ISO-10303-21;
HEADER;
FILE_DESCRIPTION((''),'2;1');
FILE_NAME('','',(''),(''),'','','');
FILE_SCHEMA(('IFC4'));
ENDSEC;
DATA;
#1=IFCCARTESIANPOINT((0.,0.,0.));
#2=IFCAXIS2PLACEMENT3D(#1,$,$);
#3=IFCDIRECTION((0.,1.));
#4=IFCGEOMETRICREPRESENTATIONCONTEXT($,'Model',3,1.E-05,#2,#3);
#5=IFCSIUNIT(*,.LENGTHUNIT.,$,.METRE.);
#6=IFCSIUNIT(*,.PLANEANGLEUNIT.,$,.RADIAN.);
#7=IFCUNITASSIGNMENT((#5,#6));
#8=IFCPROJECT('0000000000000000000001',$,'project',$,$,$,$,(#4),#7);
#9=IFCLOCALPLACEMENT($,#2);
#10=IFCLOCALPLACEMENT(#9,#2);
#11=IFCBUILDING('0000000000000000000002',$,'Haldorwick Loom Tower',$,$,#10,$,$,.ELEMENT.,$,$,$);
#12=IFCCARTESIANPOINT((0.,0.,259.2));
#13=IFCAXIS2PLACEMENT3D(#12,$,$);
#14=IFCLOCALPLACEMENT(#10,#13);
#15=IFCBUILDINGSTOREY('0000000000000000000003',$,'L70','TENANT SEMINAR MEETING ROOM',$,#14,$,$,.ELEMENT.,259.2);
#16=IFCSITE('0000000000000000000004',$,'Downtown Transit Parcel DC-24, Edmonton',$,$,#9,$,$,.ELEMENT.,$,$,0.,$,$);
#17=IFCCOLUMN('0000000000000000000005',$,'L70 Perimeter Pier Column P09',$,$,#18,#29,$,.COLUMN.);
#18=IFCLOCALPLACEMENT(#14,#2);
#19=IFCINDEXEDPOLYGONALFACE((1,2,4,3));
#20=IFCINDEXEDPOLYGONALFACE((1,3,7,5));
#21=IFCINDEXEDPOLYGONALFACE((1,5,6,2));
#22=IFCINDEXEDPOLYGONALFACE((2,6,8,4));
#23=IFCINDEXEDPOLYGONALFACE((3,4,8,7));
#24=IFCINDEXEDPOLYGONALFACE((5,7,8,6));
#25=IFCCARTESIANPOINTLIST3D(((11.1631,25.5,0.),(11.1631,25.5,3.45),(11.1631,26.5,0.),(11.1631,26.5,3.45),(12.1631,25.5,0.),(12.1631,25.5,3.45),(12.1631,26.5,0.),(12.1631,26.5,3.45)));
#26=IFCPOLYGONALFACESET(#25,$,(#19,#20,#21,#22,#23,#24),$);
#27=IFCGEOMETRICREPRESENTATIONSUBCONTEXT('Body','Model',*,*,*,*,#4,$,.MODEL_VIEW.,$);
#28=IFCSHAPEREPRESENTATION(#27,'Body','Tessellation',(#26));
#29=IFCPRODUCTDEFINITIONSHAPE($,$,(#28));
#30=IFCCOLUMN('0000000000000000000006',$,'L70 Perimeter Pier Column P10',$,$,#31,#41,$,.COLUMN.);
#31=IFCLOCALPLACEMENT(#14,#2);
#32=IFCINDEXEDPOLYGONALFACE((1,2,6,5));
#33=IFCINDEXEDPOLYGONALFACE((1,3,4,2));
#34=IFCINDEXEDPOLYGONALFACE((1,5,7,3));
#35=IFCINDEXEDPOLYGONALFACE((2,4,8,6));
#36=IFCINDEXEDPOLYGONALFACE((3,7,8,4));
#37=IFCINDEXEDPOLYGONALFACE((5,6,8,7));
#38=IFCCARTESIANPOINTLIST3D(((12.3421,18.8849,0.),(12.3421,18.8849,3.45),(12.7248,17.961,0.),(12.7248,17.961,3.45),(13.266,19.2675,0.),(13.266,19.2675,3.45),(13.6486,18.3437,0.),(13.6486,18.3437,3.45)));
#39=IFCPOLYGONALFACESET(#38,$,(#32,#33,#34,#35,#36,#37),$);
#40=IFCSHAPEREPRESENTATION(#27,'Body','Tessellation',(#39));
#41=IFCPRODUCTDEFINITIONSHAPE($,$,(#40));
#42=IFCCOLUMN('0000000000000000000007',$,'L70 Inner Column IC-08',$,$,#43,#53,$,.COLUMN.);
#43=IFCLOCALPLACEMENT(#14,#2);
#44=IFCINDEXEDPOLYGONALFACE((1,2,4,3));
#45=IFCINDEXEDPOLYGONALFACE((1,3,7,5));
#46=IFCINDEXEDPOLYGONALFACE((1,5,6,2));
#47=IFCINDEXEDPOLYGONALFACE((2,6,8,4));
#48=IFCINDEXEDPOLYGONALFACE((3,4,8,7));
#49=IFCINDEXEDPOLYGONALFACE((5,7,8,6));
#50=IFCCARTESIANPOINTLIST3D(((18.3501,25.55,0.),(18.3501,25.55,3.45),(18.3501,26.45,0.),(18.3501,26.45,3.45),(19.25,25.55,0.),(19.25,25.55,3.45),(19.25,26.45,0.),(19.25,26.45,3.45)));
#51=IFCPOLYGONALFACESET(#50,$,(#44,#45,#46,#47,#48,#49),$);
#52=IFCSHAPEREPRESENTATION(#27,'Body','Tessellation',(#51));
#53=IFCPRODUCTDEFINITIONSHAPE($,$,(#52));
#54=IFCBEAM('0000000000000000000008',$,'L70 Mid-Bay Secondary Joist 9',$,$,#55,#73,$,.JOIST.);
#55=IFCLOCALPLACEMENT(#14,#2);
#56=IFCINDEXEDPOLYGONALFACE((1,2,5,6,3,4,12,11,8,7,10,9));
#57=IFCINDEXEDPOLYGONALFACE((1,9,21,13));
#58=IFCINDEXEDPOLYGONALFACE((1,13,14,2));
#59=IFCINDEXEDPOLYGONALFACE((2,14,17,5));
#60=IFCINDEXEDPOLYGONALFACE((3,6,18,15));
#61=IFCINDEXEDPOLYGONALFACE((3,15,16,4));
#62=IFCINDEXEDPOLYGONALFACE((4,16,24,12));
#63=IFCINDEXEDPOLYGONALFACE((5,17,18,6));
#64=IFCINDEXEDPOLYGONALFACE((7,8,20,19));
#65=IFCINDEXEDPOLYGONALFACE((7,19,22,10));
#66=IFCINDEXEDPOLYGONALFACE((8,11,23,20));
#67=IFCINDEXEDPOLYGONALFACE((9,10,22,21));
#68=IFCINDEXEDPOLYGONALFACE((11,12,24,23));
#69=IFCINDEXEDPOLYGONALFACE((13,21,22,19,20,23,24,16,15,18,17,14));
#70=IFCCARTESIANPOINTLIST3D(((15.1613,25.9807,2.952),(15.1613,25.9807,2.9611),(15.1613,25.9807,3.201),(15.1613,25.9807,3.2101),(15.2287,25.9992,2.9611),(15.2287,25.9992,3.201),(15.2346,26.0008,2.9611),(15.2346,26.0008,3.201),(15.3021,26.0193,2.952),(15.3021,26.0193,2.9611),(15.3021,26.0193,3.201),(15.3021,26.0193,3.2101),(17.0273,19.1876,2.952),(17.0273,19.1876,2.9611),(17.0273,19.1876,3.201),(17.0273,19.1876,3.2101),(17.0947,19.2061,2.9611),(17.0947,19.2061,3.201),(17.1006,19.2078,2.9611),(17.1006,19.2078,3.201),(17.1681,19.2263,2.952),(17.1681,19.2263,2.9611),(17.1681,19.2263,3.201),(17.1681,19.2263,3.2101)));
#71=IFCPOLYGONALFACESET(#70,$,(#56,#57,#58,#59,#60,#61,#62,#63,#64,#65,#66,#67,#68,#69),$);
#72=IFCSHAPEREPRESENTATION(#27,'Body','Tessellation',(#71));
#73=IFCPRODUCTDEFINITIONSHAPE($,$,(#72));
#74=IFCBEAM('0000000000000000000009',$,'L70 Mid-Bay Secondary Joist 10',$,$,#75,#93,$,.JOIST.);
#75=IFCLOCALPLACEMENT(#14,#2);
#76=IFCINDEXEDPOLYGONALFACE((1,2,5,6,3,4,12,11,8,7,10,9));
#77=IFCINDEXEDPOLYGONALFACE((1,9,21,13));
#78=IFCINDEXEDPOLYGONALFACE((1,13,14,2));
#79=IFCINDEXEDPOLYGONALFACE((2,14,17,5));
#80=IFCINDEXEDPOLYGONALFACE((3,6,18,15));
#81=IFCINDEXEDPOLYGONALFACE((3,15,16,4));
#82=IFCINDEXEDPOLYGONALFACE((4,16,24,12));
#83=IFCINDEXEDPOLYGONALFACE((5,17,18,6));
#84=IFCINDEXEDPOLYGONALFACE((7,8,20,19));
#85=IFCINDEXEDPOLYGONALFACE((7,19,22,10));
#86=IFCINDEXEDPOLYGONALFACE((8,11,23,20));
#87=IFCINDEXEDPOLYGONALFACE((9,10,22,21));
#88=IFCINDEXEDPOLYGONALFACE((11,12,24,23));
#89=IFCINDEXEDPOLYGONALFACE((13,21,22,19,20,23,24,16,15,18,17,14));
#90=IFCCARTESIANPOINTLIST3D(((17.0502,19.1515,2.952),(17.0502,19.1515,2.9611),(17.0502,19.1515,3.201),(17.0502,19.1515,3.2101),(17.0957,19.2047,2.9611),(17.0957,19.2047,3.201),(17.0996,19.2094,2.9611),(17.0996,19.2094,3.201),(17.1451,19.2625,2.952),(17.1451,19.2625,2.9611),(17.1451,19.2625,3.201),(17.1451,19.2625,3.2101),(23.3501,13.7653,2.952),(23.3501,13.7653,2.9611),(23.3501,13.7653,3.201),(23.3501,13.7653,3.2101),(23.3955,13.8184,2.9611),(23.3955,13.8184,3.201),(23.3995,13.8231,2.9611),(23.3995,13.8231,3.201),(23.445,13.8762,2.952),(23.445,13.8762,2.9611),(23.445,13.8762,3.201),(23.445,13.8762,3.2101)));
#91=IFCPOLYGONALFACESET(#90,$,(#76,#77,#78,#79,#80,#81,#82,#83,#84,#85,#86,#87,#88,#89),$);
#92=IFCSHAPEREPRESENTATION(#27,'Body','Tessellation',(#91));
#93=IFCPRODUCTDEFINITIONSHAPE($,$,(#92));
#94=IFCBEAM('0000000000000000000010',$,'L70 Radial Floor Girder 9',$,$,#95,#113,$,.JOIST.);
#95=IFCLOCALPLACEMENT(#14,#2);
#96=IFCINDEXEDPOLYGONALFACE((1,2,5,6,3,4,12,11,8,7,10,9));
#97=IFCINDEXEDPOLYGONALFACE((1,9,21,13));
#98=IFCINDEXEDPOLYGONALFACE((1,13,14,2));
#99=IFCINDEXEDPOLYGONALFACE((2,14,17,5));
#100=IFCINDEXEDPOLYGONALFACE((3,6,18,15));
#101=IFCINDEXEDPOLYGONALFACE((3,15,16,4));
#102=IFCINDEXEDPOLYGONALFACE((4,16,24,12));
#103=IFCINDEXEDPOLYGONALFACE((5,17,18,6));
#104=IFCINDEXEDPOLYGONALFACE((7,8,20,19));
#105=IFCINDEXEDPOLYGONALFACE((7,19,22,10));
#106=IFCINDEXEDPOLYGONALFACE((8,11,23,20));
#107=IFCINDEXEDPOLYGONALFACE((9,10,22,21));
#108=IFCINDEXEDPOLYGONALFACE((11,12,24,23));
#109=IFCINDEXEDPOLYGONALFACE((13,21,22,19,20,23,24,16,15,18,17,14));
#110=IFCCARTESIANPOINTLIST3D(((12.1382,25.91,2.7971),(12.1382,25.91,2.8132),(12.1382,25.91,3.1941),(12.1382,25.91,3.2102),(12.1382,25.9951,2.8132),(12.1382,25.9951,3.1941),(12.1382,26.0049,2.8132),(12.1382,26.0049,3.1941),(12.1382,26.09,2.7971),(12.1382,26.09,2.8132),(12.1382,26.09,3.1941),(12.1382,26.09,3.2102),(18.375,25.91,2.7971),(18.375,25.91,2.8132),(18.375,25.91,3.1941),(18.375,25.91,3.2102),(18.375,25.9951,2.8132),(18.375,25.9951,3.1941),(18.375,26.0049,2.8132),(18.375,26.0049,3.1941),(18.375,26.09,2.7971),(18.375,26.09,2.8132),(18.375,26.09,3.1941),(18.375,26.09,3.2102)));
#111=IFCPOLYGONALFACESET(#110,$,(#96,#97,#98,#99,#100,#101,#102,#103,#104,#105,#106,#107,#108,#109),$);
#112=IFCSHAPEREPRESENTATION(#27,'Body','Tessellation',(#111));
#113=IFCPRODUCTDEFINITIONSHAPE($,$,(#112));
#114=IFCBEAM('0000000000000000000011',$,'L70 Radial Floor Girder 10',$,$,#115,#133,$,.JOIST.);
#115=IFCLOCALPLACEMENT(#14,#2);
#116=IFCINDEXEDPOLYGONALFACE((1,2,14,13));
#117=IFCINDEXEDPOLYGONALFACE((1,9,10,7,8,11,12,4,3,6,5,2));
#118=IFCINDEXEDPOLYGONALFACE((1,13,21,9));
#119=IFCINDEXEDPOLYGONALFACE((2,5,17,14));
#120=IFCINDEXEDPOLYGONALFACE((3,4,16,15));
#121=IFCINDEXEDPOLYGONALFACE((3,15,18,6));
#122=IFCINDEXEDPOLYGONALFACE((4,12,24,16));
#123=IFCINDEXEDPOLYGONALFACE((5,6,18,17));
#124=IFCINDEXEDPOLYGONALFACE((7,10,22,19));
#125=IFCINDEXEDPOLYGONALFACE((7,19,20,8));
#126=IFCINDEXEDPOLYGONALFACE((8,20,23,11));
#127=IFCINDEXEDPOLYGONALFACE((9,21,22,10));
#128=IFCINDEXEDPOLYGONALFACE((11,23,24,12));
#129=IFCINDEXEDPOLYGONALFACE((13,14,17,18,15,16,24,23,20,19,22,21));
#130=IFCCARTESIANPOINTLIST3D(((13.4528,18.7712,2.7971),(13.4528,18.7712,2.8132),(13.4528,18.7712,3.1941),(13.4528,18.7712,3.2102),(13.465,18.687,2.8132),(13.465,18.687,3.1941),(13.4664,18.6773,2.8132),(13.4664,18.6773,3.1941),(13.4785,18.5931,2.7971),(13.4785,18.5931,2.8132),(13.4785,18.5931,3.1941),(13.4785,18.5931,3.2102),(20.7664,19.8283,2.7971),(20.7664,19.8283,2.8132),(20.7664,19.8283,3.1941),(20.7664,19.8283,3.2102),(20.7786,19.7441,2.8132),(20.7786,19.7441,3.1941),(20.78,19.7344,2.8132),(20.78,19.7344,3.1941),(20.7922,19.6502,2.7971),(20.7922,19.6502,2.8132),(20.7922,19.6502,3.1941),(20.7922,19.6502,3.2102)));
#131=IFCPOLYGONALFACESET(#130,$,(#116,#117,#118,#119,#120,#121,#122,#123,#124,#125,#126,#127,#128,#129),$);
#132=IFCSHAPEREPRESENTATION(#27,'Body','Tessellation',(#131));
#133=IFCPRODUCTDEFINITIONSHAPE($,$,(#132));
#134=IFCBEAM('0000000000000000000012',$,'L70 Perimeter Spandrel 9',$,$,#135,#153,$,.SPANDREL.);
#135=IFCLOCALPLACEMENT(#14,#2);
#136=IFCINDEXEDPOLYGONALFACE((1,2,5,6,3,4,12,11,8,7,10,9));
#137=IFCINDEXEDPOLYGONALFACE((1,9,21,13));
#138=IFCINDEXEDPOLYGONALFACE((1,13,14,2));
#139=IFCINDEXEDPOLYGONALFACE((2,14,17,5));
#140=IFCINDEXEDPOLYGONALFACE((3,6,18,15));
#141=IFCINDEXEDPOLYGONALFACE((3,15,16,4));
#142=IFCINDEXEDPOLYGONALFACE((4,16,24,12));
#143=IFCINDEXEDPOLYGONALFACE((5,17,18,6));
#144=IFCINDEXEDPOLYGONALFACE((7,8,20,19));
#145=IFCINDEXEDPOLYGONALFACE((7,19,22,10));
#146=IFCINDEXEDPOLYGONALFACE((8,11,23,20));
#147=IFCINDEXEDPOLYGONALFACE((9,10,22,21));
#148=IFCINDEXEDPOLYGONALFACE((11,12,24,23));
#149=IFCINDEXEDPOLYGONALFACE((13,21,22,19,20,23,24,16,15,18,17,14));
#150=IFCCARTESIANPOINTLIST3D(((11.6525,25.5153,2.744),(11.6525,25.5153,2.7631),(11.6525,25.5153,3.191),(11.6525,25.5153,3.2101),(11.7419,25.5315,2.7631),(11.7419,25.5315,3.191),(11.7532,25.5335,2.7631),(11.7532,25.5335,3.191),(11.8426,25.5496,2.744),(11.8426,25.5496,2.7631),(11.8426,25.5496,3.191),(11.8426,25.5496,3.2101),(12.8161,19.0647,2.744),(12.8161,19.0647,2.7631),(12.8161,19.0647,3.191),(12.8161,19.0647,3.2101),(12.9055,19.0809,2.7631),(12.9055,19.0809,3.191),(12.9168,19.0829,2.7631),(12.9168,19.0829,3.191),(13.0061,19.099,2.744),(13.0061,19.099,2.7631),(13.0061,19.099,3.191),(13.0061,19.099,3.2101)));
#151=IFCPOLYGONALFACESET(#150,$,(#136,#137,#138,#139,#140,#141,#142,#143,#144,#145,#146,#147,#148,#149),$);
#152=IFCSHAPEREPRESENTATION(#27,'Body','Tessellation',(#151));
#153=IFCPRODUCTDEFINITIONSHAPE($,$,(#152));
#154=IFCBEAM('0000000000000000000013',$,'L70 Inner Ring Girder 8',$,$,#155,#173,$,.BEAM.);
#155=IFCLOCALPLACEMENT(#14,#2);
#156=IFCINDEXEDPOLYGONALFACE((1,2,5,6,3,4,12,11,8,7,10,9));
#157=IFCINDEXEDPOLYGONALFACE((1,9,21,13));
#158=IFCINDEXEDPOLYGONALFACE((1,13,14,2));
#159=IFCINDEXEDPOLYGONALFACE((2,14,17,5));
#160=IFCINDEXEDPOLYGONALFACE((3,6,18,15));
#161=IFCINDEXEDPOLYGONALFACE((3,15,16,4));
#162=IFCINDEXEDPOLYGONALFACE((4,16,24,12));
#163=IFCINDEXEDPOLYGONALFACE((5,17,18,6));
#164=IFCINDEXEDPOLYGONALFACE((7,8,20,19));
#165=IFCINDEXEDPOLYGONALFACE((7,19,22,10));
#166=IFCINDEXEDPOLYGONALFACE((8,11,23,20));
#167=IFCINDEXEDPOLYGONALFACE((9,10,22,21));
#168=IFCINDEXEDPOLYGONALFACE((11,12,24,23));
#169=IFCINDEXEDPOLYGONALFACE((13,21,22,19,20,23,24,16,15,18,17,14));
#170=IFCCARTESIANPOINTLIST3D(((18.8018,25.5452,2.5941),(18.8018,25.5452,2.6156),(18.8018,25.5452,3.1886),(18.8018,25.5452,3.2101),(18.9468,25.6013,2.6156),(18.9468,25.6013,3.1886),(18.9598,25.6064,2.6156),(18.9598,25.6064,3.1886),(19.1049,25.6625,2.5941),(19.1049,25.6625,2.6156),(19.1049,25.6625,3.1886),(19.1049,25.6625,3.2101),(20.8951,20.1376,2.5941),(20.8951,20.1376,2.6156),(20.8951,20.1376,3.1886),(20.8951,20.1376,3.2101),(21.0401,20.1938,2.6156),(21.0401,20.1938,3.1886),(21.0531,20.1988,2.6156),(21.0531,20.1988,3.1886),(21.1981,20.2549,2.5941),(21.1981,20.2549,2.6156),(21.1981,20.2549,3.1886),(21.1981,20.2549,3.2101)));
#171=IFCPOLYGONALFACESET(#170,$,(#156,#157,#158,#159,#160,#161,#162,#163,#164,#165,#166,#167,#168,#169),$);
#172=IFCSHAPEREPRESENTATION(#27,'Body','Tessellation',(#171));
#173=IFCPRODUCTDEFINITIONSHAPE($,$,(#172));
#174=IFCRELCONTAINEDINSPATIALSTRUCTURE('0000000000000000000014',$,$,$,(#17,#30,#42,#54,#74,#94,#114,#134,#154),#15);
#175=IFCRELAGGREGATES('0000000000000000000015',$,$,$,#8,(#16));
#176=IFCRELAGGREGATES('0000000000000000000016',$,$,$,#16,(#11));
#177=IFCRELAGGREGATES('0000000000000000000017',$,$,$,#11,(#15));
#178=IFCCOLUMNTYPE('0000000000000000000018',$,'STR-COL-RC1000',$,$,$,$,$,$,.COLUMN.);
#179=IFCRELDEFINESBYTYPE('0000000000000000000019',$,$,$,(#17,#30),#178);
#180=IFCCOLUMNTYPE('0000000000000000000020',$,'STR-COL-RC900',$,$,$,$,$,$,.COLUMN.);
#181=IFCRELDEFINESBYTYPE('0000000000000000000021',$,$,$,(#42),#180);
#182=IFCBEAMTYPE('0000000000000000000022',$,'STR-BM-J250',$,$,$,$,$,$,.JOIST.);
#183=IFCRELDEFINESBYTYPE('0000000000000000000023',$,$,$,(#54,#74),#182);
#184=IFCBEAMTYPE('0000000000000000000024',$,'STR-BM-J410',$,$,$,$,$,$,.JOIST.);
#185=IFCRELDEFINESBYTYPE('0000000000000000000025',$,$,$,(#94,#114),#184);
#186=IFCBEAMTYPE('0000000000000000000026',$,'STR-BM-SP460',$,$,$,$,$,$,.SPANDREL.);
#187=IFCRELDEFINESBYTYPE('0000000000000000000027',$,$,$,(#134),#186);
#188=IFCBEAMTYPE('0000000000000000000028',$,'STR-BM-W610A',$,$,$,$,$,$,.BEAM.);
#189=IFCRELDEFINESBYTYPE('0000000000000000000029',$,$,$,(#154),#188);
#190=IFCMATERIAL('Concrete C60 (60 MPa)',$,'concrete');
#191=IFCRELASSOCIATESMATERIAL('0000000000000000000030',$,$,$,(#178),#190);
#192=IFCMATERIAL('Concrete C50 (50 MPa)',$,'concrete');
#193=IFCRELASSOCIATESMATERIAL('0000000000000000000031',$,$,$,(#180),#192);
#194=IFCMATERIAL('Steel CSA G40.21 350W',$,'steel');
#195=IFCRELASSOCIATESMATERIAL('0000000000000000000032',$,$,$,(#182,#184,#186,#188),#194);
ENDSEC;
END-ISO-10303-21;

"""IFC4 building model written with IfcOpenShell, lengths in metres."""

from ifc_helpers import new_model, si_unit, direction, frame, origin, origin_2d, place, context, subcontext, project, spatial, rectangle, i_section, extrude, material, material_profile, profile_set, type_object, element, save


model = new_model("IFC4")

# Units and contexts
model_context = context("Model", 3, precision=1e-05, world=origin(), true_north=direction((0.0, 1.0)))
body_context = subcontext(model_context, "Body", "Model", "MODEL_VIEW")
ifc_project = project(units=[si_unit("LENGTHUNIT", "METRE"), si_unit("PLANEANGLEUNIT", "RADIAN")], contexts=[model_context])

# Site, building, storey
site_placement = place(None, origin())
site = spatial("IfcSite", under=ifc_project, at=site_placement, Name="Downtown Transit Parcel DC-24, Edmonton", CompositionType="ELEMENT", RefElevation=0.0)
building_placement = place(site_placement, origin())
building = spatial("IfcBuilding", under=site, at=building_placement, Name="Haldorwick Loom Tower", CompositionType="ELEMENT")
storey_placement = place(building_placement, frame((0.0, 0.0, 259.2)))
storey = spatial("IfcBuildingStorey", under=building, at=storey_placement, Name="L70", Description="TENANT SEMINAR MEETING ROOM", CompositionType="ELEMENT", Elevation=259.2)

# Columns
ifc_material_1 = material(Name="Concrete C60 (60 MPa)", Category="concrete")
ifc_material_profile_1 = material_profile(ifc_material_1, rectangle(XDim=1.0, YDim=1.0, at=origin_2d()), Name="RC1000X1000", Category="concrete")
ifc_profile_set_1 = profile_set([ifc_material_profile_1], Name="Concrete C60 (60 MPa)")
column_type_1 = type_object("IfcColumnType", Name="STR-COL-RC1000", PredefinedType="COLUMN", material=ifc_profile_set_1)
for number, where, z_axis, x_axis, name in (
    (1, (11.6631, 26.0, 0.0), (0.0, 0.0, 1.0), (-1.0, 0.0, 0.0), "L70 Perimeter Pier Column P09"),
    (2, (12.9954, 18.6143, 0.0), (0.0, 0.0, 1.0), (-0.92388, -0.382683, 0.0), "L70 Perimeter Pier Column P10"),
):
    element("IfcColumn", number, at=place(storey_placement, frame(where, z_axis=z_axis, x_axis=x_axis)), inside=storey, type_object=column_type_1, Name=name, PredefinedType="COLUMN", context=body_context, shape_type="SweptSolid", body=[
        extrude(rectangle(XDim=1.0, YDim=1.0, at=origin_2d()), origin(), (0.0, 0.0, 1.0), 3.45),
    ])
ifc_material_2 = material(Name="Concrete C50 (50 MPa)", Category="concrete")
ifc_material_profile_2 = material_profile(ifc_material_2, rectangle(XDim=0.8999, YDim=0.8999, at=origin_2d()), Name="RC900X900", Category="concrete")
ifc_profile_set_2 = profile_set([ifc_material_profile_2], Name="Concrete C50 (50 MPa)")
column_type_2 = type_object("IfcColumnType", Name="STR-COL-RC900", PredefinedType="COLUMN", material=ifc_profile_set_2)
column_placement = place(storey_placement, frame((18.8, 26.0, 0.0), z_axis=(0.0, 0.0, 1.0), x_axis=(1.0, 0.0, 0.0)))
element("IfcColumn", 3, at=column_placement, inside=storey, type_object=column_type_2, Name="L70 Inner Column IC-08", PredefinedType="COLUMN", context=body_context, shape_type="SweptSolid", body=[
    extrude(rectangle(XDim=0.8999, YDim=0.8999, at=origin_2d()), origin(), (0.0, 0.0, 1.0), 3.45),
])

# Beams
ifc_material_3 = material(Name="Steel CSA G40.21 350W", Category="steel")
ifc_material_profile_3 = material_profile(ifc_material_3, i_section(OverallWidth=0.146, OverallDepth=0.2581, WebThickness=0.0061, FlangeThickness=0.009, at=origin_2d()), Name="W250X33", Category="steel")
ifc_profile_set_3 = profile_set([ifc_material_profile_3], Name="Steel CSA G40.21 350W")
beam_type_1 = type_object("IfcBeamType", Name="STR-BM-J250", PredefinedType="JOIST", material=ifc_profile_set_3)
beam_1_placement = place(storey_placement, frame((15.2317, 26.0, 3.0811), z_axis=(0.264879, -0.964282, 0.0), x_axis=(0.964282, 0.264879, 0.0)))
element("IfcBeam", 4, at=beam_1_placement, inside=storey, type_object=beam_type_1, Name="L70 Mid-Bay Secondary Joist 9", PredefinedType="JOIST", context=body_context, shape_type="SweptSolid", body=[
    extrude(i_section(OverallWidth=0.146, OverallDepth=0.2581, WebThickness=0.0061, FlangeThickness=0.009, at=origin_2d()), origin(), (0.0, 0.0, 1.0), 7.0447),
])
beam_2_placement = place(storey_placement, frame((17.0977, 19.207, 3.0811), z_axis=(0.760067, -0.649845, 0.0), x_axis=(0.649845, 0.760067, 0.0)))
element("IfcBeam", 5, at=beam_2_placement, inside=storey, type_object=beam_type_1, Name="L70 Mid-Bay Secondary Joist 10", PredefinedType="JOIST", context=body_context, shape_type="SweptSolid", body=[
    extrude(i_section(OverallWidth=0.146, OverallDepth=0.2581, WebThickness=0.0061, FlangeThickness=0.009, at=origin_2d()), origin(), (0.0, 0.0, 1.0), 8.2886),
])
ifc_material_profile_4 = material_profile(ifc_material_3, i_section(OverallWidth=0.1799, OverallDepth=0.4131, WebThickness=0.0098, FlangeThickness=0.0161, at=origin_2d()), Name="W410X74", Category="steel")
ifc_profile_set_4 = profile_set([ifc_material_profile_4], Name="Steel CSA G40.21 350W")
beam_type_2 = type_object("IfcBeamType", Name="STR-BM-J410", PredefinedType="JOIST", material=ifc_profile_set_4)
beam_3_placement = place(storey_placement, frame((18.375, 26.0, 3.0037), z_axis=(-1.0, 0.0, 0.0), x_axis=(0.0, -1.0, 0.0)))
element("IfcBeam", 6, at=beam_3_placement, inside=storey, type_object=beam_type_2, Name="L70 Radial Floor Girder 9", PredefinedType="JOIST", context=body_context, shape_type="SweptSolid", body=[
    extrude(i_section(OverallWidth=0.1799, OverallDepth=0.4131, WebThickness=0.0098, FlangeThickness=0.0161, at=origin_2d()), origin(), (0.0, 0.0, 1.0), 6.2368),
])
beam_4_placement = place(storey_placement, frame((20.7793, 19.7393, 3.0037), z_axis=(-0.989715, -0.143054, 0.0), x_axis=(0.143054, -0.989715, 0.0)))
element("IfcBeam", 7, at=beam_4_placement, inside=storey, type_object=beam_type_2, Name="L70 Radial Floor Girder 10", PredefinedType="JOIST", context=body_context, shape_type="SweptSolid", body=[
    extrude(i_section(OverallWidth=0.1799, OverallDepth=0.4131, WebThickness=0.0098, FlangeThickness=0.0161, at=origin_2d()), origin(), (0.0, 0.0, 1.0), 7.3896),
])
ifc_material_profile_5 = material_profile(ifc_material_3, i_section(OverallWidth=0.1931, OverallDepth=0.4661, WebThickness=0.0115, FlangeThickness=0.019, at=origin_2d()), Name="W460X97", Category="steel")
ifc_profile_set_5 = profile_set([ifc_material_profile_5], Name="Steel CSA G40.21 350W")
beam_type_3 = type_object("IfcBeamType", Name="STR-BM-SP460", PredefinedType="SPANDREL", material=ifc_profile_set_5)
beam_5_placement = place(storey_placement, frame((11.7476, 25.5325, 2.9771), z_axis=(0.177515, -0.984118, 0.0), x_axis=(0.984118, 0.177515, 0.0)))
element("IfcBeam", 8, at=beam_5_placement, inside=storey, type_object=beam_type_3, Name="L70 Perimeter Spandrel 9", PredefinedType="SPANDREL", context=body_context, shape_type="SweptSolid", body=[
    extrude(i_section(OverallWidth=0.1931, OverallDepth=0.4661, WebThickness=0.0115, FlangeThickness=0.019, at=origin_2d()), origin(), (0.0, 0.0, 1.0), 6.5547),
])
ifc_material_profile_6 = material_profile(ifc_material_3, i_section(OverallWidth=0.325, OverallDepth=0.616, WebThickness=0.0139, FlangeThickness=0.0215, at=origin_2d()), Name="W610X174", Category="steel")
ifc_profile_set_6 = profile_set([ifc_material_profile_6], Name="Steel CSA G40.21 350W")
beam_type_4 = type_object("IfcBeamType", Name="STR-BM-W610A", PredefinedType="BEAM", material=ifc_profile_set_6)
beam_6_placement = place(storey_placement, frame((21.0466, 20.1963, 2.9021), z_axis=(-0.361001, 0.932565, 0.0), x_axis=(-0.932565, -0.361001, 0.0)))
element("IfcBeam", 9, at=beam_6_placement, inside=storey, type_object=beam_type_4, Name="L70 Inner Ring Girder 8", PredefinedType="BEAM", context=body_context, shape_type="SweptSolid", body=[
    extrude(i_section(OverallWidth=0.325, OverallDepth=0.616, WebThickness=0.0139, FlangeThickness=0.0215, at=origin_2d()), origin(), (0.0, 0.0, 1.0), 5.7986),
])

save(model, "model.ifc")
